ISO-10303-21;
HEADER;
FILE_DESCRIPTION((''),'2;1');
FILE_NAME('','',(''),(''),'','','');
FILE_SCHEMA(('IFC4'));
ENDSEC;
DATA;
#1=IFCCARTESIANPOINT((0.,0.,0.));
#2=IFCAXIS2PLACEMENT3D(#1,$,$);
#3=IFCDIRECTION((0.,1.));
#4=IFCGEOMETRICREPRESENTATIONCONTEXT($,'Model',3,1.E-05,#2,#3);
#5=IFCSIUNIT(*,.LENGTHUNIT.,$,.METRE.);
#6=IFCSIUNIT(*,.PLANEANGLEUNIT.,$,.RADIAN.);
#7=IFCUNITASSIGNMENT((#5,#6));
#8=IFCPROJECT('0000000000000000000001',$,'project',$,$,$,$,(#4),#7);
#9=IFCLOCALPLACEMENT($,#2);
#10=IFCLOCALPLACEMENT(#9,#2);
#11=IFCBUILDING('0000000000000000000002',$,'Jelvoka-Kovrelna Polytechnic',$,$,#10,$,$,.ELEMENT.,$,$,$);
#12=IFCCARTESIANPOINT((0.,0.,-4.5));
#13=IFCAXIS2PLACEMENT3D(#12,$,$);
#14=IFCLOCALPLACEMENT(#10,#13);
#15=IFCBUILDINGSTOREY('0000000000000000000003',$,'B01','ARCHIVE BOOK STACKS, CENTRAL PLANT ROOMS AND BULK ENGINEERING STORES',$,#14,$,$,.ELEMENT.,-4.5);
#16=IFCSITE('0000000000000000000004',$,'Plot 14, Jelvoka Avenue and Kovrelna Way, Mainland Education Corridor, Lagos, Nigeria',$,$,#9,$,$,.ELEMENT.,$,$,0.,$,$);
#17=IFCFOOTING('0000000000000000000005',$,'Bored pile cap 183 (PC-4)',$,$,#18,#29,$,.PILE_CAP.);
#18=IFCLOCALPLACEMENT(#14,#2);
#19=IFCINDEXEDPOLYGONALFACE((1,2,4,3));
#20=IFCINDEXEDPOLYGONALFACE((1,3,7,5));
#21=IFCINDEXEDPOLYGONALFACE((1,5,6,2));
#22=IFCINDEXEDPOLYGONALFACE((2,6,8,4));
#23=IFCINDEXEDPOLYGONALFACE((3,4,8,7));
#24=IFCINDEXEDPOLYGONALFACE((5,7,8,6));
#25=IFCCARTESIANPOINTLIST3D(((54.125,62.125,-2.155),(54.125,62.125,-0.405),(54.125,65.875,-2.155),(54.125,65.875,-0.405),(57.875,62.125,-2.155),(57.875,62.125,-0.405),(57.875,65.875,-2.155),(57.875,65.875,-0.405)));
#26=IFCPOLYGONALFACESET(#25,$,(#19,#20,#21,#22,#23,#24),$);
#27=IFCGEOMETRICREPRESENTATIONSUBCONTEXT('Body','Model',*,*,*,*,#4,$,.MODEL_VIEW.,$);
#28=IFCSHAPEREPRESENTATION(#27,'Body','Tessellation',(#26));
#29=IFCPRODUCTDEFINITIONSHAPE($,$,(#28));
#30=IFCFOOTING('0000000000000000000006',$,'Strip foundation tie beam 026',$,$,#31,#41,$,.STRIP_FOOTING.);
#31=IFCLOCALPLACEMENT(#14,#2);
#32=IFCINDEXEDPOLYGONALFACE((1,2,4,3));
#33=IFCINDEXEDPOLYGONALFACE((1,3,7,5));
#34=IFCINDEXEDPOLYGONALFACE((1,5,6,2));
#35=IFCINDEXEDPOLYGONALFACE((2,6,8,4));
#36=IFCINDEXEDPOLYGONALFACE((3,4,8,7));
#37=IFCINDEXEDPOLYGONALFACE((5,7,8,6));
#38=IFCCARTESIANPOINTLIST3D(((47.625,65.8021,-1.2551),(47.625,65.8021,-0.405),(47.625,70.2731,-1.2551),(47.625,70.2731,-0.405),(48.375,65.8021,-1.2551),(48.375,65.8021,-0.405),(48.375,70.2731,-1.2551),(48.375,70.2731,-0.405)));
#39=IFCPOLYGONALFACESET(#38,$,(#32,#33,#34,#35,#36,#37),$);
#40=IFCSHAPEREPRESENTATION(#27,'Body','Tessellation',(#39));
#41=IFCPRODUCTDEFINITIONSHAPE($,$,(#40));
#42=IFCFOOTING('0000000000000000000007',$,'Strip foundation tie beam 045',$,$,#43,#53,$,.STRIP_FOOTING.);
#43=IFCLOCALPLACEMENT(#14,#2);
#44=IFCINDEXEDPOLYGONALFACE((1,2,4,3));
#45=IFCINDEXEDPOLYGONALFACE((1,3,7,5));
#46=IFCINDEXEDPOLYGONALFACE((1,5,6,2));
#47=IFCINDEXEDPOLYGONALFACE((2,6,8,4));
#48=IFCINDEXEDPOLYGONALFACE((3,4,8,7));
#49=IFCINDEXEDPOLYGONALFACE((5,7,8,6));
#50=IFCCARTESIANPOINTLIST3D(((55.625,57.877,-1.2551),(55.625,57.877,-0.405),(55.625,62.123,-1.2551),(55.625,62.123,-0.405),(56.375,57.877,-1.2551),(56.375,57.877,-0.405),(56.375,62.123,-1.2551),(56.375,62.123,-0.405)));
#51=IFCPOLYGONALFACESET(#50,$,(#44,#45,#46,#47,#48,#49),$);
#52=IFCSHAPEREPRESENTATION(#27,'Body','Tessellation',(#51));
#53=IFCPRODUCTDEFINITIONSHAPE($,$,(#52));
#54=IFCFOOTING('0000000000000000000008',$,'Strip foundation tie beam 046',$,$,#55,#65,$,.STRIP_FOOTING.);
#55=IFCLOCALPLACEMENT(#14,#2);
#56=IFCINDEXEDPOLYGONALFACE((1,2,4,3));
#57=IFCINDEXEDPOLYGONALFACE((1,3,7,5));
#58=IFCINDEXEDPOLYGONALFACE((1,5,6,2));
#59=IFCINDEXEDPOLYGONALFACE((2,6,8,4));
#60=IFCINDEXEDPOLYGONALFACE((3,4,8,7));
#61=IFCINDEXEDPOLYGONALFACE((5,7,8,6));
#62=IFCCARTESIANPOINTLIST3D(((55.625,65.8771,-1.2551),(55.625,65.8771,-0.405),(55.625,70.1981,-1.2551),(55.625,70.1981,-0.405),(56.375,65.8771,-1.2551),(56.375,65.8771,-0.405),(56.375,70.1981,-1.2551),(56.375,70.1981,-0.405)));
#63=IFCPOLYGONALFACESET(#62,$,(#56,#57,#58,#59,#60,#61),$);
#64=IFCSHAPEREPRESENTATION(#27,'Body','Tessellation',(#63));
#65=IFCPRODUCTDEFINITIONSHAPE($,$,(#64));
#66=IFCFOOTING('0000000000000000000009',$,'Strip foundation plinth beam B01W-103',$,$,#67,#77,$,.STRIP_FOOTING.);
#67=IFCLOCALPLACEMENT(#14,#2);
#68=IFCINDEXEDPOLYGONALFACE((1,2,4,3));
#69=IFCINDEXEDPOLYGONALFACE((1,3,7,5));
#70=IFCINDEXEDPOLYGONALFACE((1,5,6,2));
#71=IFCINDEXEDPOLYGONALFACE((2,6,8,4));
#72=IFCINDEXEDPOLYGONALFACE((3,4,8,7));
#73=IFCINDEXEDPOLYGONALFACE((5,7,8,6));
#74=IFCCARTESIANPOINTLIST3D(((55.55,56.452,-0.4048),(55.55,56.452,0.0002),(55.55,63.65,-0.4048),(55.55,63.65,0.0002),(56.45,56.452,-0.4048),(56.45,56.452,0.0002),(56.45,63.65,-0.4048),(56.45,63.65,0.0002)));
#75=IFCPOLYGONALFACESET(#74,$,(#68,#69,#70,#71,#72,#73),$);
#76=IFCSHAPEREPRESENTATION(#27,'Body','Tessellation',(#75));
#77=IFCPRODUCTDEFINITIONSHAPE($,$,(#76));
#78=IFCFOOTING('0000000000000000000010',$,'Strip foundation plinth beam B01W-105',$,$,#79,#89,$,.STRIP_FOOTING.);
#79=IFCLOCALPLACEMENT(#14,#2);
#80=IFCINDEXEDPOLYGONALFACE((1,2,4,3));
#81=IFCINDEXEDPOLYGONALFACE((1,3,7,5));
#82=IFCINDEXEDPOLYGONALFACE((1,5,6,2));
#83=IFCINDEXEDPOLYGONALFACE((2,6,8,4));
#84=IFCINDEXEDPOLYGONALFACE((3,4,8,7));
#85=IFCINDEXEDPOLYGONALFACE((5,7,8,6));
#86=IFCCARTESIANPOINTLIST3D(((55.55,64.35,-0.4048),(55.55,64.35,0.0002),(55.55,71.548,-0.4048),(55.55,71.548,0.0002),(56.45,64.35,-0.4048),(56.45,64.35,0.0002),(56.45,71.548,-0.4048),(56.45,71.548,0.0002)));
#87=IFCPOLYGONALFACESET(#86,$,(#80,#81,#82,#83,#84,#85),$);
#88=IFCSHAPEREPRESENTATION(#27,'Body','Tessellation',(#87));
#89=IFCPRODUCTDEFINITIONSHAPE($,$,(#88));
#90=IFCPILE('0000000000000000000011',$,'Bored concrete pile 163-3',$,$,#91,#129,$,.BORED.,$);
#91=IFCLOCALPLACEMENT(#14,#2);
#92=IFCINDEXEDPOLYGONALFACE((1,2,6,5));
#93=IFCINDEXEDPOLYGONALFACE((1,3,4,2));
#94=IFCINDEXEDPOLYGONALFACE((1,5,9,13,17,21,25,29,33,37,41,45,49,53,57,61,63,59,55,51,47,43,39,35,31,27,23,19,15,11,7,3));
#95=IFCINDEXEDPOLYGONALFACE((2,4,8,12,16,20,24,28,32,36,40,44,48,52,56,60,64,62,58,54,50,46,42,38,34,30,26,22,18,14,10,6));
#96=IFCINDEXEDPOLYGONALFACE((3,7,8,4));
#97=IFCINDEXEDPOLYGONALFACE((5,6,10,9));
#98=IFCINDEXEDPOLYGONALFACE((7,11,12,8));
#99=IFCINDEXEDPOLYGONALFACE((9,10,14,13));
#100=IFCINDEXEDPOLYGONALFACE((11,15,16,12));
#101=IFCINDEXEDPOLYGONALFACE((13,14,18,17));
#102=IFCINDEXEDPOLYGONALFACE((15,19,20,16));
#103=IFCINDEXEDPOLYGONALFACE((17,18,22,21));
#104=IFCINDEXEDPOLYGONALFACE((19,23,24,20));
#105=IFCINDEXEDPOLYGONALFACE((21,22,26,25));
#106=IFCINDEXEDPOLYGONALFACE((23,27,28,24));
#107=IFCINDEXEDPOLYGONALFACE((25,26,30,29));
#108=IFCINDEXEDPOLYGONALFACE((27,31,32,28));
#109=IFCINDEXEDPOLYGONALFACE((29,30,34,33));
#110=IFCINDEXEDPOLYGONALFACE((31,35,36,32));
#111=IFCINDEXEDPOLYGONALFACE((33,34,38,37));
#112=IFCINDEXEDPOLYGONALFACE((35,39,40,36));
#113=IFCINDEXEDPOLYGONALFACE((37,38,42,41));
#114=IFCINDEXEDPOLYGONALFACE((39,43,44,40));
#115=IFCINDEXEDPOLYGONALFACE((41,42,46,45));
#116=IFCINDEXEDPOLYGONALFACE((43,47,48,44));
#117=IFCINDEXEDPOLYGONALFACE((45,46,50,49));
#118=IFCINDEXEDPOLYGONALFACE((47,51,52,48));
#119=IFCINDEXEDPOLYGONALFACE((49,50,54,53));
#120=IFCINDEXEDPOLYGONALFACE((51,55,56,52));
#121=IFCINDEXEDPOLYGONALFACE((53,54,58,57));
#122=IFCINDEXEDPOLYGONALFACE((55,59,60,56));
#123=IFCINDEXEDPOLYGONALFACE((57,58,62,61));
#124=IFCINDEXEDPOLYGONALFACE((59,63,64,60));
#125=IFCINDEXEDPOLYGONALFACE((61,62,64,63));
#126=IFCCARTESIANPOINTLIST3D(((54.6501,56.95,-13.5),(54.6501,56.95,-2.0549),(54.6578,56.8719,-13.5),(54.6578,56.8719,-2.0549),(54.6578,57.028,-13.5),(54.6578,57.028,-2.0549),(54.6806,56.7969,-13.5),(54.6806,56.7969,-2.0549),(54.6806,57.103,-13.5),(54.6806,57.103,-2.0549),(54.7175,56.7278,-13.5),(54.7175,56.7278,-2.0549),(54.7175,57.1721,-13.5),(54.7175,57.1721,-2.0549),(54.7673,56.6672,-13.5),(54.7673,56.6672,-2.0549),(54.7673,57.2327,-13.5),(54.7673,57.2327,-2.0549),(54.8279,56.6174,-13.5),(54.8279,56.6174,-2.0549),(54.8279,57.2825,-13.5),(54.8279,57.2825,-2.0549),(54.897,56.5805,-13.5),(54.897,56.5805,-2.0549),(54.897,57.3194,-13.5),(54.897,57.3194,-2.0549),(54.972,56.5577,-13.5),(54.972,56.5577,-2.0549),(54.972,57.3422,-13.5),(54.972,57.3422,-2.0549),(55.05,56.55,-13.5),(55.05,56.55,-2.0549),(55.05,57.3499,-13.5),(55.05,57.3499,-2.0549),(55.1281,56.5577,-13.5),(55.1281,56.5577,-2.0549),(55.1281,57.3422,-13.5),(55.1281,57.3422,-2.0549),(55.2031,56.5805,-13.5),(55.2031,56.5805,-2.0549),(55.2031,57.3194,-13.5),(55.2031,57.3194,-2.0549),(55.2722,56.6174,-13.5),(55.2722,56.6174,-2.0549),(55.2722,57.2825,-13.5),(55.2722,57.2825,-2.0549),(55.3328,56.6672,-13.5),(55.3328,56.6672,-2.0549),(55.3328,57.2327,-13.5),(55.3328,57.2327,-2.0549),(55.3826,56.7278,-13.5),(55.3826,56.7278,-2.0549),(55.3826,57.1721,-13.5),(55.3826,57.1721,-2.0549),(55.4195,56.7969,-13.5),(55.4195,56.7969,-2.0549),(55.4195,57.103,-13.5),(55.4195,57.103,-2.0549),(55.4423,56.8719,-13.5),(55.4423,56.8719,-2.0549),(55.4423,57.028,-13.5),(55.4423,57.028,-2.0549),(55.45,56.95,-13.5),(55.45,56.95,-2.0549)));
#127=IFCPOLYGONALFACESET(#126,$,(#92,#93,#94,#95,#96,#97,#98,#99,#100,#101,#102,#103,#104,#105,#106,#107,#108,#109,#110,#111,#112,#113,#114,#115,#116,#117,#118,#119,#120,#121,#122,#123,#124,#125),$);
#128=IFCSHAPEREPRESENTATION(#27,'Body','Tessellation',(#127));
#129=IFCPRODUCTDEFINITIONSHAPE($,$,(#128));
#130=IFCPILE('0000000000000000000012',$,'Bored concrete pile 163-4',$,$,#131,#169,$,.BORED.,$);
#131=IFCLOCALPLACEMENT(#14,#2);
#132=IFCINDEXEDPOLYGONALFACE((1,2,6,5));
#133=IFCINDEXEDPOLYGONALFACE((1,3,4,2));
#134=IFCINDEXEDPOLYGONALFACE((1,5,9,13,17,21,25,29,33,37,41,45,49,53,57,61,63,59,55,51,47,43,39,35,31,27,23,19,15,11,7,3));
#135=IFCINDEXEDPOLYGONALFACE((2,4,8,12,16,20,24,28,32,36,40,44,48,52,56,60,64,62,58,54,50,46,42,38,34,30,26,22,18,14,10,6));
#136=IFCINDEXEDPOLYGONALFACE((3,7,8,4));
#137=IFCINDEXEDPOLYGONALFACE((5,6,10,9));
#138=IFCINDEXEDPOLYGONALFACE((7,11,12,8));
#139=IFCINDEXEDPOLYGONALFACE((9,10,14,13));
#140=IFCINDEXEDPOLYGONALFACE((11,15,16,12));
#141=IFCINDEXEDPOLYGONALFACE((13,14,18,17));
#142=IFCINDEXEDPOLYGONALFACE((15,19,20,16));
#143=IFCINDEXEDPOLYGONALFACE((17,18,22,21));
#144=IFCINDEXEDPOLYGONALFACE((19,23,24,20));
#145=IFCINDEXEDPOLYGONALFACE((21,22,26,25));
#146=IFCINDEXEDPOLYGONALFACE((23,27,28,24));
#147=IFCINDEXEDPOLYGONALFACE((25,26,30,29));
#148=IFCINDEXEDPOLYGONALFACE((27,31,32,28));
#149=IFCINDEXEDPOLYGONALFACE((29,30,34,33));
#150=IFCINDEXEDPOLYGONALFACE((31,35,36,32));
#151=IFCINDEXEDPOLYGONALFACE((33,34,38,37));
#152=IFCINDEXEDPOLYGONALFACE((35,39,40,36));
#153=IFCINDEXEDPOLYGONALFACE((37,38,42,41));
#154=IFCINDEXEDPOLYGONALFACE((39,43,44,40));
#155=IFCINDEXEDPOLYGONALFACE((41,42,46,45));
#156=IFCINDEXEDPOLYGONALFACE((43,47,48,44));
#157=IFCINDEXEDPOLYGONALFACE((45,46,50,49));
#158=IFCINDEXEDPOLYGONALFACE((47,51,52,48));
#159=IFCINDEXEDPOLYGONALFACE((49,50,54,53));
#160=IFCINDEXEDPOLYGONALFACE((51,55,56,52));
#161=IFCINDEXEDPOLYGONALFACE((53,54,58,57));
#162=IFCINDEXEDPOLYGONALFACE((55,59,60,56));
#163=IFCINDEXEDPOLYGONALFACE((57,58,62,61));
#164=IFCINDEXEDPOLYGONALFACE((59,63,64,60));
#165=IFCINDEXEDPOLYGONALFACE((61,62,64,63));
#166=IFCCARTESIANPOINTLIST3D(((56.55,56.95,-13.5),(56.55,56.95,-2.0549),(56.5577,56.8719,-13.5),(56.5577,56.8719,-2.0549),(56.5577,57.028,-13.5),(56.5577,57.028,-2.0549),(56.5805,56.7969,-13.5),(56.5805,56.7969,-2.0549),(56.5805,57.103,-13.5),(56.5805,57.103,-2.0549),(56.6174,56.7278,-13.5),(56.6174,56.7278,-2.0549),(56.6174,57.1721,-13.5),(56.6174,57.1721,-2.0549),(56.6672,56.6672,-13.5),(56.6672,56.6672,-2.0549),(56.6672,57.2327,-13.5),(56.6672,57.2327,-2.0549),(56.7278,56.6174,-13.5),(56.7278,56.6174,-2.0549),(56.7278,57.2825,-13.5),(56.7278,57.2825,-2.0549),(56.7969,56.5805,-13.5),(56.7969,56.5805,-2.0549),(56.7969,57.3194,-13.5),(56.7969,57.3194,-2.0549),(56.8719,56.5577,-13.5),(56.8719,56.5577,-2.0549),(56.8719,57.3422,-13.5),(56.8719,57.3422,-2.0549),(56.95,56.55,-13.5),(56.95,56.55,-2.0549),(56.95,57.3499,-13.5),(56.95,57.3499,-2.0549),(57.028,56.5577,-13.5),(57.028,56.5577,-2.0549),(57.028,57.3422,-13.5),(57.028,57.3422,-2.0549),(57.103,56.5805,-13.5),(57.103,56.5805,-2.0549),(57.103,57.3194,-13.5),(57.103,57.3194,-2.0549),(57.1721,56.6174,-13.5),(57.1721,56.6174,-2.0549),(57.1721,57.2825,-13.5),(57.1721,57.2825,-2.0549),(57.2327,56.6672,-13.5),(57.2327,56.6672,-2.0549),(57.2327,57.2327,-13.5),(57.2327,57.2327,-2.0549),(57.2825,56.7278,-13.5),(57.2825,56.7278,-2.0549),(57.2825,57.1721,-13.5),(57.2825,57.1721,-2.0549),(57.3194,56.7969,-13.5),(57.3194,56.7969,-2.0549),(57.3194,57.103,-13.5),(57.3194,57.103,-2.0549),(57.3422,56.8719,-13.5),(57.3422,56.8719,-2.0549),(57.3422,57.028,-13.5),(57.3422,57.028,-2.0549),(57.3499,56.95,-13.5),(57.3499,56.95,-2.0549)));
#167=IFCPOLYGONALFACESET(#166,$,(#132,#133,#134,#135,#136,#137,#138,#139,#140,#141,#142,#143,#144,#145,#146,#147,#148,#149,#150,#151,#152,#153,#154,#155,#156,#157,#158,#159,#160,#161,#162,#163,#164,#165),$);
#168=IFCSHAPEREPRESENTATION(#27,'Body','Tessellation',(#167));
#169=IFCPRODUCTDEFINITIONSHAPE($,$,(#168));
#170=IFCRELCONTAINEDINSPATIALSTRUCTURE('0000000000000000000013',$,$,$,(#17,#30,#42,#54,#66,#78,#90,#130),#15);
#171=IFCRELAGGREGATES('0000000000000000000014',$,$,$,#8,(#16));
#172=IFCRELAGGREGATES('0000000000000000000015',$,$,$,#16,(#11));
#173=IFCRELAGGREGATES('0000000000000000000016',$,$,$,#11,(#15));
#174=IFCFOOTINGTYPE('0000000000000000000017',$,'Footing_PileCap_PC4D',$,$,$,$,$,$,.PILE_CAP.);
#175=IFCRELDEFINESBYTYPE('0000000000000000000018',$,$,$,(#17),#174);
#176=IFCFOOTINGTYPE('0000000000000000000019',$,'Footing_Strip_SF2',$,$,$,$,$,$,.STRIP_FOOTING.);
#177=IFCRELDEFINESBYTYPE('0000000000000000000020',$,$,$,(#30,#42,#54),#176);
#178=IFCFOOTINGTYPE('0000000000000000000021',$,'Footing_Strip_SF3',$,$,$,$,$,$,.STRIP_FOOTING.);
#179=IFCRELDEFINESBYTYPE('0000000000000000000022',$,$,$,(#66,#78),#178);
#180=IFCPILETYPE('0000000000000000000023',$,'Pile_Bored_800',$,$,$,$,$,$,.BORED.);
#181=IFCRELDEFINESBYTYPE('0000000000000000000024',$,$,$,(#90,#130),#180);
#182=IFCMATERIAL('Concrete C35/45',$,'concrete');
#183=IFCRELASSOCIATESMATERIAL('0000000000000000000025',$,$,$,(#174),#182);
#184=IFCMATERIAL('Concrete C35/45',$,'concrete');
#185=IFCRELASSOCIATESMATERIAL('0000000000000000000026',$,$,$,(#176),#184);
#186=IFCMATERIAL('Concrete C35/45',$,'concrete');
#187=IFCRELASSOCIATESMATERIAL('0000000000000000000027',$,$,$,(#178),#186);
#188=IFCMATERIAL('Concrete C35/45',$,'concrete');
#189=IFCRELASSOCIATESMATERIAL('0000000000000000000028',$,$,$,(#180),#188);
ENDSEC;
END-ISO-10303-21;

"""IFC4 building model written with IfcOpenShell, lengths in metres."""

from ifc_helpers import new_model, si_unit, direction, frame, origin, origin_2d, place, context, subcontext, project, spatial, rectangle, circle, extrude, material, material_profile, profile_set, type_object, element, save


model = new_model("IFC4")

# Units and contexts
model_context = context("Model", 3, precision=1e-05, world=origin(), true_north=direction((0.0, 1.0)))
body_context = subcontext(model_context, "Body", "Model", "MODEL_VIEW")
ifc_project = project(units=[si_unit("LENGTHUNIT", "METRE"), si_unit("PLANEANGLEUNIT", "RADIAN")], contexts=[model_context])

# Site, building, storey
site_placement = place(None, origin())
site = spatial("IfcSite", under=ifc_project, at=site_placement, Name="Plot 14, Jelvoka Avenue and Kovrelna Way, Mainland Education Corridor, Lagos, Nigeria", CompositionType="ELEMENT", RefElevation=0.0)
building_placement = place(site_placement, origin())
building = spatial("IfcBuilding", under=site, at=building_placement, Name="Jelvoka-Kovrelna Polytechnic", CompositionType="ELEMENT")
storey_placement = place(building_placement, frame((0.0, 0.0, -4.5)))
storey = spatial("IfcBuildingStorey", under=building, at=storey_placement, Name="B01", Description="ARCHIVE BOOK STACKS, CENTRAL PLANT ROOMS AND BULK ENGINEERING STORES", CompositionType="ELEMENT", Elevation=-4.5)

# Footings
ifc_material_1 = material(Name="Concrete C35/45", Category="concrete")
footing_type_1 = type_object("IfcFootingType", Name="Footing_PileCap_PC4D", PredefinedType="PILE_CAP", material=ifc_material_1)
footing_1_placement = place(storey_placement, frame((56.0, 64.0, -2.155), z_axis=(0.0, 0.0, 1.0), x_axis=(1.0, 0.0, 0.0)))
element("IfcFooting", 1, at=footing_1_placement, inside=storey, type_object=footing_type_1, Name="Bored pile cap 183 (PC-4)", PredefinedType="PILE_CAP", context=body_context, shape_type="SweptSolid", body=[
    extrude(rectangle(XDim=3.75, YDim=3.75, at=origin_2d()), origin(), (0.0, 0.0, 1.0), 1.75),
])
ifc_material_2 = material(Name="Concrete C35/45", Category="concrete")
footing_type_2 = type_object("IfcFootingType", Name="Footing_Strip_SF2", PredefinedType="STRIP_FOOTING", material=ifc_material_2)
footing_2_placement = place(storey_placement, frame((48.0, 68.0376, -1.2551), z_axis=(0.0, 0.0, 1.0), x_axis=(0.0, 1.0, 0.0)))
element("IfcFooting", 2, at=footing_2_placement, inside=storey, type_object=footing_type_2, Name="Strip foundation tie beam 026", PredefinedType="STRIP_FOOTING", context=body_context, shape_type="SweptSolid", body=[
    extrude(rectangle(XDim=4.4709, YDim=0.75, at=origin_2d()), origin(), (0.0, 0.0, 1.0), 0.8501),
])
footing_3_placement = place(storey_placement, frame((56.0, 60.0, -1.2551), z_axis=(0.0, 0.0, 1.0), x_axis=(0.0, 1.0, 0.0)))
element("IfcFooting", 3, at=footing_3_placement, inside=storey, type_object=footing_type_2, Name="Strip foundation tie beam 045", PredefinedType="STRIP_FOOTING", context=body_context, shape_type="SweptSolid", body=[
    extrude(rectangle(XDim=4.2461, YDim=0.75, at=origin_2d()), origin(), (0.0, 0.0, 1.0), 0.8501),
])
footing_4_placement = place(storey_placement, frame((56.0, 68.0376, -1.2551), z_axis=(0.0, 0.0, 1.0), x_axis=(0.0, 1.0, 0.0)))
element("IfcFooting", 4, at=footing_4_placement, inside=storey, type_object=footing_type_2, Name="Strip foundation tie beam 046", PredefinedType="STRIP_FOOTING", context=body_context, shape_type="SweptSolid", body=[
    extrude(rectangle(XDim=4.321, YDim=0.75, at=origin_2d()), origin(), (0.0, 0.0, 1.0), 0.8501),
])
ifc_material_3 = material(Name="Concrete C35/45", Category="concrete")
footing_type_3 = type_object("IfcFootingType", Name="Footing_Strip_SF3", PredefinedType="STRIP_FOOTING", material=ifc_material_3)
for number, where, z_axis, x_axis, name in (
    (5, (56.0, 60.051, -0.4048), (0.0, 0.0, 1.0), (0.0, 1.0, 0.0), "Strip foundation plinth beam B01W-103"),
    (6, (56.0, 67.949, -0.4048), (0.0, 0.0, 1.0), (0.0, 1.0, 0.0), "Strip foundation plinth beam B01W-105"),
):
    element("IfcFooting", number, at=place(storey_placement, frame(where, z_axis=z_axis, x_axis=x_axis)), inside=storey, type_object=footing_type_3, Name=name, PredefinedType="STRIP_FOOTING", context=body_context, shape_type="SweptSolid", body=[
        extrude(rectangle(XDim=7.198, YDim=0.8999, at=origin_2d()), origin(), (0.0, 0.0, 1.0), 0.405),
    ])

# Piles
ifc_material_4 = material(Name="Concrete C35/45", Category="concrete")
ifc_material_profile_1 = material_profile(ifc_material_4, circle(Radius=0.3999, at=origin_2d()), Name="PILE D800")
ifc_profile_set_1 = profile_set([ifc_material_profile_1], Name="Concrete C35/45")
pile_type = type_object("IfcPileType", Name="Pile_Bored_800", PredefinedType="BORED", material=ifc_profile_set_1)
for number, where, z_axis, x_axis, name in (
    (7, (55.05, 56.95, -2.0549), (0.0, 0.0, -1.0), (1.0, 0.0, 0.0), "Bored concrete pile 163-3"),
    (8, (56.95, 56.95, -2.0549), (0.0, 0.0, -1.0), (1.0, 0.0, 0.0), "Bored concrete pile 163-4"),
):
    element("IfcPile", number, at=place(storey_placement, frame(where, z_axis=z_axis, x_axis=x_axis)), inside=storey, type_object=pile_type, Name=name, PredefinedType="BORED", context=body_context, shape_type="SweptSolid", body=[
        extrude(circle(Radius=0.3999, at=origin_2d()), origin(), (0.0, 0.0, 1.0), 11.4451),
    ])

save(model, "model.ifc")
